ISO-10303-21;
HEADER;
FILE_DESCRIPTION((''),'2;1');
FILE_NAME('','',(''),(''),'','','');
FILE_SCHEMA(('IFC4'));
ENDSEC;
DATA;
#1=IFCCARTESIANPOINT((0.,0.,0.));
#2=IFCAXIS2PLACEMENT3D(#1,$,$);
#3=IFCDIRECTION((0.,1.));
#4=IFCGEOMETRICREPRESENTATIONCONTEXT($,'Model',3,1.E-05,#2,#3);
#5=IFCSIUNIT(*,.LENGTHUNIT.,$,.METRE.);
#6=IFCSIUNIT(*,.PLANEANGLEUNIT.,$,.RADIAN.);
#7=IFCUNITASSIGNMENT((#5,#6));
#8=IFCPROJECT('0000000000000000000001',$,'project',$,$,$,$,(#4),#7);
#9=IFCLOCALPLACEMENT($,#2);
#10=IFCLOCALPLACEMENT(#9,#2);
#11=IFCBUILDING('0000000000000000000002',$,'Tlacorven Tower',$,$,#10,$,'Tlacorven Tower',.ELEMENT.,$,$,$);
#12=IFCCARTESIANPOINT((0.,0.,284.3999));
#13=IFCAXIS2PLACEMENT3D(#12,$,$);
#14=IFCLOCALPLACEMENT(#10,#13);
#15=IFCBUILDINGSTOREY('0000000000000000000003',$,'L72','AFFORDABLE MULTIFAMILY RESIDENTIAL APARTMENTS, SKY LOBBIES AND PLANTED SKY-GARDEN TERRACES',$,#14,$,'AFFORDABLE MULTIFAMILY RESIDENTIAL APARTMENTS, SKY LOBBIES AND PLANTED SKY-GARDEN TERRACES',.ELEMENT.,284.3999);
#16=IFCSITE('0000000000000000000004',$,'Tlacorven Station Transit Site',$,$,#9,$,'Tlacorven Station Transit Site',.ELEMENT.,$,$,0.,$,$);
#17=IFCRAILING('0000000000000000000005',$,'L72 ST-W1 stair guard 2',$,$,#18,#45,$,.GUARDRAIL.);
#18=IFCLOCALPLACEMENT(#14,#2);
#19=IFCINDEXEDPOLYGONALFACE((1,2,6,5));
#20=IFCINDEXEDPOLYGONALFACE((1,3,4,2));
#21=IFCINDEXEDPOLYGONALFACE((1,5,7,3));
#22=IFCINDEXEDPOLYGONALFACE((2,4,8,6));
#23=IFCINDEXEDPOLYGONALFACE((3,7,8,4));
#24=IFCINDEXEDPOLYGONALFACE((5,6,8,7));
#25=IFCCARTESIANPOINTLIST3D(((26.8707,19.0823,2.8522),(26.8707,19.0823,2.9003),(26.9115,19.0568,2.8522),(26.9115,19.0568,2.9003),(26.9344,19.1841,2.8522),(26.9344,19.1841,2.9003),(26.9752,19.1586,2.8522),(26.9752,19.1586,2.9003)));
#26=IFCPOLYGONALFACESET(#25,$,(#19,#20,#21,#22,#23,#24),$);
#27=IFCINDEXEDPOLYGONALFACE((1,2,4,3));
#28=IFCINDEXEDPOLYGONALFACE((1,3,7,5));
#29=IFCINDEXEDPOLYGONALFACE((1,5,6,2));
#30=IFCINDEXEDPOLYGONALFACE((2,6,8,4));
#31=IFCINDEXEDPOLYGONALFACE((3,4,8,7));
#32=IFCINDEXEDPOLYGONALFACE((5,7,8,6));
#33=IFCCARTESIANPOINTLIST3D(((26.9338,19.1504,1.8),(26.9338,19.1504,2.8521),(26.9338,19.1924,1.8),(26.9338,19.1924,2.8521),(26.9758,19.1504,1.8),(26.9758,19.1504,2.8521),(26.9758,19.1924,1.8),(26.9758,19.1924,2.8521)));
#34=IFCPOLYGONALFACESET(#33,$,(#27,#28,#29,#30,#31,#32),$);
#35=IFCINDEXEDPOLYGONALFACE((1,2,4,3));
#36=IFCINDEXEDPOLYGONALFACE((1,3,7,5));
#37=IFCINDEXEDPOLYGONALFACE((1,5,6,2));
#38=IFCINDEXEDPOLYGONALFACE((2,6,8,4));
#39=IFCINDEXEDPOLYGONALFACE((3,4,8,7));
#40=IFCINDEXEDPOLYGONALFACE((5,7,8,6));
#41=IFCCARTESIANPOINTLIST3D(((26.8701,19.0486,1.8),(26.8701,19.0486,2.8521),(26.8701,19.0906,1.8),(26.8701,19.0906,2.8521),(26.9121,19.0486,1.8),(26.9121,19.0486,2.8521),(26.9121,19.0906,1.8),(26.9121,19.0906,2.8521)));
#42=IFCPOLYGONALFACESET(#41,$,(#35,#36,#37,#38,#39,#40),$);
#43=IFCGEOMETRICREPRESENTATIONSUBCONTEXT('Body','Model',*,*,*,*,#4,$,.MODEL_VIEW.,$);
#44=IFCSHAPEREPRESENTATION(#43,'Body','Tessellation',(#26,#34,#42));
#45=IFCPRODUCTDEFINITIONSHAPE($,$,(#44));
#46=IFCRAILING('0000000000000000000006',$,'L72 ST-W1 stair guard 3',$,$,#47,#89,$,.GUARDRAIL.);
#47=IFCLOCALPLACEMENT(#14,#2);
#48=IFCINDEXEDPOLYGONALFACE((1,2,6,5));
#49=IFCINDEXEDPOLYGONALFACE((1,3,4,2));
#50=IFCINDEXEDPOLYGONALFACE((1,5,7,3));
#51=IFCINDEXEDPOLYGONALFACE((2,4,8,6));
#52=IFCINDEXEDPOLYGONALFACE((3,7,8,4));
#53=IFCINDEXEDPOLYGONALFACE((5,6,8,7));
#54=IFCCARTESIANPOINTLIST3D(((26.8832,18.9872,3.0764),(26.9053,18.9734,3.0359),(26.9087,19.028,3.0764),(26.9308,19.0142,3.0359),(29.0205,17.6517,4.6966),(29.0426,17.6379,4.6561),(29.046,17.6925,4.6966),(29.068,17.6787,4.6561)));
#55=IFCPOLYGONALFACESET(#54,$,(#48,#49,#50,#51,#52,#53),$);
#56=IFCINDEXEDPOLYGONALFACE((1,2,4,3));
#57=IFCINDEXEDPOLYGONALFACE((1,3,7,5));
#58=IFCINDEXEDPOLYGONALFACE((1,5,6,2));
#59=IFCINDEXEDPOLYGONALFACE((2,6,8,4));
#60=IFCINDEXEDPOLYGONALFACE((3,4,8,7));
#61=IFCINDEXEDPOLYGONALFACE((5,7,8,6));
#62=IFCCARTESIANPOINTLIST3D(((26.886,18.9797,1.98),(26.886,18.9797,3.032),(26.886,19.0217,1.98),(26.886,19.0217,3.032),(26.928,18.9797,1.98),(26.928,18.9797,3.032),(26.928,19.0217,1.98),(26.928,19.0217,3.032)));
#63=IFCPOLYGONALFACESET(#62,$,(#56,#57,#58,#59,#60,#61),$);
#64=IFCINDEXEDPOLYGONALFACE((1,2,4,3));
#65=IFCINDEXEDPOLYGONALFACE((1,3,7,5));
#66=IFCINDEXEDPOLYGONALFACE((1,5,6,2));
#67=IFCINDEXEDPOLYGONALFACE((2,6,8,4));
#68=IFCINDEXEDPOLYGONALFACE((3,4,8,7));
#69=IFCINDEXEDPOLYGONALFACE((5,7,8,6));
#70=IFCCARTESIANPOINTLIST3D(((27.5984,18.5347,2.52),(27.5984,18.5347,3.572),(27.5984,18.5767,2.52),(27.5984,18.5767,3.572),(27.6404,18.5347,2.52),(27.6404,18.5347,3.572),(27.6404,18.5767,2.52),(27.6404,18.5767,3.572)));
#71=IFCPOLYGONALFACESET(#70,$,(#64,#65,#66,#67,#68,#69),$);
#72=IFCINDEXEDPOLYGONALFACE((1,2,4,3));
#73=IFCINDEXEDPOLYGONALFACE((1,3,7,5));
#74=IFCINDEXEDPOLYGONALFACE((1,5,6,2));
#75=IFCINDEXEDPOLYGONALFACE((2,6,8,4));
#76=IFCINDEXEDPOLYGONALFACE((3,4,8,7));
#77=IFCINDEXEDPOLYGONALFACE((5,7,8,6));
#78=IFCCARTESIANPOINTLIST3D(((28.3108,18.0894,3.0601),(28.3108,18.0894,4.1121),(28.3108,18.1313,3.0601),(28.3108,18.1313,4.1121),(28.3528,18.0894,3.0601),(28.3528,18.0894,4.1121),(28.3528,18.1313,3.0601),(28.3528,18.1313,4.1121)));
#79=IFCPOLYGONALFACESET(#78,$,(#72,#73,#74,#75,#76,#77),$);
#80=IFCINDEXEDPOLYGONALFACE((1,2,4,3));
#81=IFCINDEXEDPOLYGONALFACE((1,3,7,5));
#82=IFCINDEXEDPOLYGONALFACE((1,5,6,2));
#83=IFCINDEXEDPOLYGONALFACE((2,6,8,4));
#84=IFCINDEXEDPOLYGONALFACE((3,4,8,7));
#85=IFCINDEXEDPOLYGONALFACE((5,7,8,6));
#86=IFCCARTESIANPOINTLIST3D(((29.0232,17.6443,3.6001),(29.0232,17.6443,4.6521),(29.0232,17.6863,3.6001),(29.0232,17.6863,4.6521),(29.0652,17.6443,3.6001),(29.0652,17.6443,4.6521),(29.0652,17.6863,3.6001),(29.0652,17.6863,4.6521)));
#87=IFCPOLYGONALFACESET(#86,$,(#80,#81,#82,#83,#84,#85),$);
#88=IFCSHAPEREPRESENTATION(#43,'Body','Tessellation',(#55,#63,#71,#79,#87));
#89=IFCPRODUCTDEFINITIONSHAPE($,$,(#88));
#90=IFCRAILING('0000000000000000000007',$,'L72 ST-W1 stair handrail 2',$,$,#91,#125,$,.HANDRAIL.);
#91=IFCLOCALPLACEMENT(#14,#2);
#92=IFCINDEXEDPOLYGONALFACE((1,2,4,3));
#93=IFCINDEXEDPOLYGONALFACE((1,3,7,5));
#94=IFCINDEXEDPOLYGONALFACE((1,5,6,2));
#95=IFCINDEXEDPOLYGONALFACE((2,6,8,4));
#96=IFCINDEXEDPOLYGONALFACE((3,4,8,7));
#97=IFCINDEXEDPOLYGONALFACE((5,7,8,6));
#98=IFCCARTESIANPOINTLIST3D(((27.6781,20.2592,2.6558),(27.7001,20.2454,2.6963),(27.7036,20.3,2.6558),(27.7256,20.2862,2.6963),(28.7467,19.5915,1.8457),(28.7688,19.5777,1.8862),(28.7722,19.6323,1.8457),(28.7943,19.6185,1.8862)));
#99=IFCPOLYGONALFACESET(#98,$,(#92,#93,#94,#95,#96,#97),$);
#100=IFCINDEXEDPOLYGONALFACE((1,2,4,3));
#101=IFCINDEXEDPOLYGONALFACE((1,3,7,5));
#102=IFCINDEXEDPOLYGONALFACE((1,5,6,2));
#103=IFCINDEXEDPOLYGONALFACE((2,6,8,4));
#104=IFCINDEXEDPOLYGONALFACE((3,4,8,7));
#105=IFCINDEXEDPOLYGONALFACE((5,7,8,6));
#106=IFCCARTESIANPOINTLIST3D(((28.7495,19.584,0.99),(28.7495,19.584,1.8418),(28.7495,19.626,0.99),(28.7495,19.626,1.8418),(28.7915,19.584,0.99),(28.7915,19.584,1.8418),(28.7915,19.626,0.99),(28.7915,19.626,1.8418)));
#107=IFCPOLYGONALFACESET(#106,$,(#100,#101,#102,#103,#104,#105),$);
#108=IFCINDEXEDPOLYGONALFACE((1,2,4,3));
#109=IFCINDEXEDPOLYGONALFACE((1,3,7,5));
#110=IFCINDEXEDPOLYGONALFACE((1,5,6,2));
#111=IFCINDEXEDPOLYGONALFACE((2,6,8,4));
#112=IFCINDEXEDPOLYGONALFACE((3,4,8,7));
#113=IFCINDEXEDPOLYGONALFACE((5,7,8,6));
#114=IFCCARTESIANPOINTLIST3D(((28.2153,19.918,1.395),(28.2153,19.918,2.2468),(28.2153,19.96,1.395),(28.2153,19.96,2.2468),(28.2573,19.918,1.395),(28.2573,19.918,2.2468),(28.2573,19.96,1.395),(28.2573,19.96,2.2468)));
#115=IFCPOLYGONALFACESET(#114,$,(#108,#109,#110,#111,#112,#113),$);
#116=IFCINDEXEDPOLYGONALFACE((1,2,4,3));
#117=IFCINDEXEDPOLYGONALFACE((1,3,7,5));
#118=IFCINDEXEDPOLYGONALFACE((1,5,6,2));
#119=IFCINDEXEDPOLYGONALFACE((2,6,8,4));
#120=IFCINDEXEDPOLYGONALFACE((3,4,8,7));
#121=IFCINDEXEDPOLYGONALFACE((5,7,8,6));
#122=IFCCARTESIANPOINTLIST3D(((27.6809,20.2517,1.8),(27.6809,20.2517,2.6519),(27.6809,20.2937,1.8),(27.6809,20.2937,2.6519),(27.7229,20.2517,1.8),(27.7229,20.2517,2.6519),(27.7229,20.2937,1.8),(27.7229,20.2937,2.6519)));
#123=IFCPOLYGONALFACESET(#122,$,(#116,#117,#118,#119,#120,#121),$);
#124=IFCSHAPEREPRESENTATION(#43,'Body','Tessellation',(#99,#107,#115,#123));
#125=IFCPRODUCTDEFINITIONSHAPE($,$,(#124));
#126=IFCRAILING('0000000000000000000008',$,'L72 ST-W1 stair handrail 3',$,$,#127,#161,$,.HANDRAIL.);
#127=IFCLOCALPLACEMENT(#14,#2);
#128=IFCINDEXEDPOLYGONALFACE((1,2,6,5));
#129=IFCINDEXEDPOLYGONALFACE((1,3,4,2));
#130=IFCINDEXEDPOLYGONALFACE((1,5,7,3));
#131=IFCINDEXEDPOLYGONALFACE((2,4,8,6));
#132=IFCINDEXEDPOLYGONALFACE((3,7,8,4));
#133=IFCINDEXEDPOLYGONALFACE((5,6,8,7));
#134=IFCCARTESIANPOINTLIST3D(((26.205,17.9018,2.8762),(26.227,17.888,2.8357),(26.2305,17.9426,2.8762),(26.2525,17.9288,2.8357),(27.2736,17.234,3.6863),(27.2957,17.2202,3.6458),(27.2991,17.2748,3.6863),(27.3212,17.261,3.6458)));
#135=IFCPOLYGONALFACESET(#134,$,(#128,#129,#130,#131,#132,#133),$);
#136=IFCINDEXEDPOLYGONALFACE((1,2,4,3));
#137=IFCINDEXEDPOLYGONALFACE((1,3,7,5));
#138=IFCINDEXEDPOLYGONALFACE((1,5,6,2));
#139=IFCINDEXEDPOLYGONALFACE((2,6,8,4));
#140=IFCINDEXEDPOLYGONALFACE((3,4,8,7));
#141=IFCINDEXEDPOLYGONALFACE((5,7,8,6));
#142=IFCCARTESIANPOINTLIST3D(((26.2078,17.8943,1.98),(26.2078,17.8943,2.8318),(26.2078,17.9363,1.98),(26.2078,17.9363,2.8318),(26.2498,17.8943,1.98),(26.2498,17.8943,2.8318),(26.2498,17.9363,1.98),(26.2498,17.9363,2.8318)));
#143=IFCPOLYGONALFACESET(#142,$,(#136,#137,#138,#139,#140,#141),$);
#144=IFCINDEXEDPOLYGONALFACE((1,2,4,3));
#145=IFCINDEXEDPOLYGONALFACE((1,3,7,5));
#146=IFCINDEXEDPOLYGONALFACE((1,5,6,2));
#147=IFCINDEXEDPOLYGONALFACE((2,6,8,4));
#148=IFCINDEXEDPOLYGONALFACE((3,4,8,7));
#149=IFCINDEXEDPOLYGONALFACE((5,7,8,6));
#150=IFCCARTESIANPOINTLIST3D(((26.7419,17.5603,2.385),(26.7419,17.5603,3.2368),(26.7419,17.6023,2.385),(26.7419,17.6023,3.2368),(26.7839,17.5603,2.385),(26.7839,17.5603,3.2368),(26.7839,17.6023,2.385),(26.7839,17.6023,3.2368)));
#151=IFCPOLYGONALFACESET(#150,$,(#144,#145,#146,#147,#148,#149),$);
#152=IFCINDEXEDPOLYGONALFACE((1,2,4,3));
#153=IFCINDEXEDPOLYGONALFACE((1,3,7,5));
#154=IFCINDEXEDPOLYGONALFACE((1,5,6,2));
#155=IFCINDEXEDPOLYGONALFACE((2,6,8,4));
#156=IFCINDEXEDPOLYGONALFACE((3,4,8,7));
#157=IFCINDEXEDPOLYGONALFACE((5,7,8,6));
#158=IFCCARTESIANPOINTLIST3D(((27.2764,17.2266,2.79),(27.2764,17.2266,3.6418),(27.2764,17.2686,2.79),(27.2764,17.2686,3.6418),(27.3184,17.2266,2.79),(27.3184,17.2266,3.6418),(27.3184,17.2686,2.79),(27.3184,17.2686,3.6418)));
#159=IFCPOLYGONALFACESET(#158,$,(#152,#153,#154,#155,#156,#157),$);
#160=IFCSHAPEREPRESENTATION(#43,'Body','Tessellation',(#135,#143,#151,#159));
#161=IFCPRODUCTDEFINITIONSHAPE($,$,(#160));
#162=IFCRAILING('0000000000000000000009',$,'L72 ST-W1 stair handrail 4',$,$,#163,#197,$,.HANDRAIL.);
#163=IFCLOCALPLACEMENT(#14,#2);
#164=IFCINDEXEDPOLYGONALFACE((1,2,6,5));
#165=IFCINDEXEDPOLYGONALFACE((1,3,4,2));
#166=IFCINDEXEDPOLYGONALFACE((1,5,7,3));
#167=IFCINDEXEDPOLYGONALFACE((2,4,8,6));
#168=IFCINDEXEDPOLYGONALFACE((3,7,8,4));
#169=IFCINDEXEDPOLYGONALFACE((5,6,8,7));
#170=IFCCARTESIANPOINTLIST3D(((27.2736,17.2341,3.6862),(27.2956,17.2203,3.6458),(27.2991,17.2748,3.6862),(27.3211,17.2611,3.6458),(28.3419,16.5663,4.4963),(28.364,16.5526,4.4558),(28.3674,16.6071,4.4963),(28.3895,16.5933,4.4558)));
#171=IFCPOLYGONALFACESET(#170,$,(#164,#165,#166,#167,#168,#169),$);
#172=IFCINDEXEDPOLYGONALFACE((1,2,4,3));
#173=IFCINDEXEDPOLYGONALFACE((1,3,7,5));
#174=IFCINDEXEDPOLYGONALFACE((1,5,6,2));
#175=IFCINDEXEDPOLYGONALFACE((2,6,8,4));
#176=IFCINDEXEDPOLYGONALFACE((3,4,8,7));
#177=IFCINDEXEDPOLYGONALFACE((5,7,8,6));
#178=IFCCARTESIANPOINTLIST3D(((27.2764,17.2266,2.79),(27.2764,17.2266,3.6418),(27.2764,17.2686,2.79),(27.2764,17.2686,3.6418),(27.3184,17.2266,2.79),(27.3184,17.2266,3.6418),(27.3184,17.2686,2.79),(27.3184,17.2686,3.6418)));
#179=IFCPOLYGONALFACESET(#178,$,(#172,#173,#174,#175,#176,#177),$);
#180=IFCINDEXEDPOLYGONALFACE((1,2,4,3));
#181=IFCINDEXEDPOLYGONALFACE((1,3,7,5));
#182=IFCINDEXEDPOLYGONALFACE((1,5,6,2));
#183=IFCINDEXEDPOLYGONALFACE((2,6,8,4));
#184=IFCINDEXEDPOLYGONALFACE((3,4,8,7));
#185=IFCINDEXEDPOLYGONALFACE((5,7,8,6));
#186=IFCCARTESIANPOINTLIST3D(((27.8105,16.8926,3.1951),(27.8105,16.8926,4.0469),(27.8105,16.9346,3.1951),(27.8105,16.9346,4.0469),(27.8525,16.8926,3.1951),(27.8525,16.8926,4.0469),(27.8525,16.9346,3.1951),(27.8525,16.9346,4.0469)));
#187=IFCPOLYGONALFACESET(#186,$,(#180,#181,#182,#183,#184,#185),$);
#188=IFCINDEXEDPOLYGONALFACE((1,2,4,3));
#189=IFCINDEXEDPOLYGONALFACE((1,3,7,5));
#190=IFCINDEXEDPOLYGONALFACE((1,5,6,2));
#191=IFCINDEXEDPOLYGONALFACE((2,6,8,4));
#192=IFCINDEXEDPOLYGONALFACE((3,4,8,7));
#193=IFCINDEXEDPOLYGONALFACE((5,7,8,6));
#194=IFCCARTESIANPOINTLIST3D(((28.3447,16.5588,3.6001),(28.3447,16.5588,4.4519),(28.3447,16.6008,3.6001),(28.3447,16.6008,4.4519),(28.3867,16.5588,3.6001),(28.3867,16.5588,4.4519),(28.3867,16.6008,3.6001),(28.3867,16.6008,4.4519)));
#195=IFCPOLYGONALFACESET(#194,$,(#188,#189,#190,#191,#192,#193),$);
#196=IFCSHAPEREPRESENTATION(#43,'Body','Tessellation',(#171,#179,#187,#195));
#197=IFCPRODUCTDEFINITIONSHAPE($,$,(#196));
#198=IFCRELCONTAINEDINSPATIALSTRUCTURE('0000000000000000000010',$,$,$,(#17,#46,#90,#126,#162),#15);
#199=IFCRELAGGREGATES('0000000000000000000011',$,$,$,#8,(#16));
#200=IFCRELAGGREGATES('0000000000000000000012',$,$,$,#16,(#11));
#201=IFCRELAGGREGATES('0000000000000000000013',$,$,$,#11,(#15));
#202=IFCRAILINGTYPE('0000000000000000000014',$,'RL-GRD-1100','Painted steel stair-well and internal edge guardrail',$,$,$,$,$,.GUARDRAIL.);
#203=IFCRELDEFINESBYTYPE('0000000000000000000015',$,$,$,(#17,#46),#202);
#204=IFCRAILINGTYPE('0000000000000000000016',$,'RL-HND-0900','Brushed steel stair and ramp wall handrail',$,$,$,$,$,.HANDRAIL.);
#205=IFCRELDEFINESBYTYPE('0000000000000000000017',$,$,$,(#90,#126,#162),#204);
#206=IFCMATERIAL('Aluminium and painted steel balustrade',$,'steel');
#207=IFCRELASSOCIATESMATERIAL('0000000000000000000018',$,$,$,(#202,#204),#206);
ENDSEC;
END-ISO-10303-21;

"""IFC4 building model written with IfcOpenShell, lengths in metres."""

from ifc_helpers import new_model, si_unit, direction, frame, origin, origin_2d, place, context, subcontext, project, spatial, rectangle, extrude, source, transform, mapped, material, type_object, element, save


model = new_model("IFC4")

# Units and contexts
model_context = context("Model", 3, precision=1e-05, world=origin(), true_north=direction((0.0, 1.0)))
body_context = subcontext(model_context, "Body", "Model", "MODEL_VIEW")
ifc_project = project(units=[si_unit("LENGTHUNIT", "METRE"), si_unit("PLANEANGLEUNIT", "RADIAN")], contexts=[model_context])

# Site, building, storey
site_placement = place(None, origin())
site = spatial("IfcSite", under=ifc_project, at=site_placement, Name="Tlacorven Station Transit Site", LongName="Tlacorven Station Transit Site", CompositionType="ELEMENT", RefElevation=0.0)
building_placement = place(site_placement, origin())
building = spatial("IfcBuilding", under=site, at=building_placement, Name="Tlacorven Tower", LongName="Tlacorven Tower", CompositionType="ELEMENT")
storey_placement = place(building_placement, frame((0.0, 0.0, 284.3999)))
storey = spatial("IfcBuildingStorey", under=building, at=storey_placement, Name="L72", Description="AFFORDABLE MULTIFAMILY RESIDENTIAL APARTMENTS, SKY LOBBIES AND PLANTED SKY-GARDEN TERRACES", LongName="AFFORDABLE MULTIFAMILY RESIDENTIAL APARTMENTS, SKY LOBBIES AND PLANTED SKY-GARDEN TERRACES", CompositionType="ELEMENT", Elevation=284.3999)

# Railings
ifc_material_1 = material(Name="Aluminium and painted steel balustrade", Category="steel")
railing_type_1 = type_object("IfcRailingType", Name="RL-GRD-1100", Description="Painted steel stair-well and internal edge guardrail", PredefinedType="GUARDRAIL", material=ifc_material_1)
shared_shape_1 = source(origin(), body_context, "Body", "SweptSolid", [
    extrude(rectangle(XDim=0.0481, YDim=0.0481, at=origin_2d()), frame((0.0, 0.0, 1.0762), z_axis=(-0.530547, -0.847656, 0.0), x_axis=(0.847656, -0.530547, 0.0)), (0.0, 0.0, 1.0), 0.1201),
    extrude(rectangle(XDim=0.042, YDim=0.042, at=origin_2d()), origin(), (0.0, 0.0, 1.0), 1.052),
    extrude(rectangle(XDim=0.042, YDim=0.042, at=origin_2d()), frame((-0.0637, -0.1018, 0.0)), (0.0, 0.0, 1.0), 1.052),
])
railing_1_placement = place(storey_placement, frame((26.9548, 19.1714, 1.8)))
element("IfcRailing", 1, at=railing_1_placement, inside=storey, type_object=railing_type_1, Name="L72 ST-W1 stair guard 2", PredefinedType="GUARDRAIL", context=body_context, shape_type="MappedRepresentation", body=[
    mapped(shared_shape_1, transform((0.0, 0.0, 0.0), scale=1.0)),
])
shared_shape_2 = source(origin(), body_context, "Body", "SweptSolid", [
    extrude(rectangle(XDim=0.0481, YDim=0.0481, at=origin_2d()), frame((0.0, 0.0, 1.0762), z_axis=(0.71336, -0.445748, 0.540765), x_axis=(0.529912, 0.848053, 0.0)), (0.0, 0.0, 1.0), 2.9961),
    extrude(rectangle(XDim=0.042, YDim=0.042, at=origin_2d()), origin(), (0.0, 0.0, 1.0), 1.052),
    extrude(rectangle(XDim=0.042, YDim=0.042, at=origin_2d()), frame((0.7124, -0.4451, 0.54)), (0.0, 0.0, 1.0), 1.052),
    extrude(rectangle(XDim=0.042, YDim=0.042, at=origin_2d()), frame((1.4248, -0.8904, 1.0801)), (0.0, 0.0, 1.0), 1.052),
    extrude(rectangle(XDim=0.042, YDim=0.042, at=origin_2d()), frame((2.1372, -1.3354, 1.6201)), (0.0, 0.0, 1.0), 1.052),
])
railing_2_placement = place(storey_placement, frame((26.907, 19.0007, 1.98)))
element("IfcRailing", 2, at=railing_2_placement, inside=storey, type_object=railing_type_1, Name="L72 ST-W1 stair guard 3", PredefinedType="GUARDRAIL", context=body_context, shape_type="MappedRepresentation", body=[
    mapped(shared_shape_2, transform((0.0, 0.0, 0.0), scale=1.0)),
])
railing_type_2 = type_object("IfcRailingType", Name="RL-HND-0900", Description="Brushed steel stair and ramp wall handrail", PredefinedType="HANDRAIL", material=ifc_material_1)
shared_shape_3 = source(origin(), body_context, "Body", "SweptSolid", [
    extrude(rectangle(XDim=0.0481, YDim=0.0481, at=origin_2d()), frame((0.0, 0.0, 0.876), z_axis=(-0.71336, 0.445748, 0.540765), x_axis=(-0.529912, -0.848053, 0.0)), (0.0, 0.0, 1.0), 1.498),
    extrude(rectangle(XDim=0.042, YDim=0.042, at=origin_2d()), origin(), (0.0, 0.0, 1.0), 0.8518),
    extrude(rectangle(XDim=0.042, YDim=0.042, at=origin_2d()), frame((-0.5342, 0.334, 0.405)), (0.0, 0.0, 1.0), 0.8518),
    extrude(rectangle(XDim=0.042, YDim=0.042, at=origin_2d()), frame((-1.0686, 0.6677, 0.8101)), (0.0, 0.0, 1.0), 0.8518),
])
railing_3_placement = place(storey_placement, frame((28.7705, 19.605, 0.99)))
element("IfcRailing", 3, at=railing_3_placement, inside=storey, type_object=railing_type_2, Name="L72 ST-W1 stair handrail 2", PredefinedType="HANDRAIL", context=body_context, shape_type="MappedRepresentation", body=[
    mapped(shared_shape_3, transform((0.0, 0.0, 0.0), scale=1.0)),
])
shared_shape_4 = source(origin(), body_context, "Body", "SweptSolid", [
    extrude(rectangle(XDim=0.0481, YDim=0.0481, at=origin_2d()), frame((0.0, 0.0, 0.876), z_axis=(0.71336, -0.445748, 0.540765), x_axis=(0.529912, 0.848053, 0.0)), (0.0, 0.0, 1.0), 1.498),
    extrude(rectangle(XDim=0.042, YDim=0.042, at=origin_2d()), origin(), (0.0, 0.0, 1.0), 0.8518),
    extrude(rectangle(XDim=0.042, YDim=0.042, at=origin_2d()), frame((0.5342, -0.334, 0.405)), (0.0, 0.0, 1.0), 0.8518),
    extrude(rectangle(XDim=0.042, YDim=0.042, at=origin_2d()), frame((1.0686, -0.6677, 0.8101)), (0.0, 0.0, 1.0), 0.8518),
])
railing_4_placement = place(storey_placement, frame((26.2288, 17.9153, 1.98)))
element("IfcRailing", 4, at=railing_4_placement, inside=storey, type_object=railing_type_2, Name="L72 ST-W1 stair handrail 3", PredefinedType="HANDRAIL", context=body_context, shape_type="MappedRepresentation", body=[
    mapped(shared_shape_4, transform((0.0, 0.0, 0.0), scale=1.0)),
])
shared_shape_5 = source(origin(), body_context, "Body", "SweptSolid", [
    extrude(rectangle(XDim=0.0481, YDim=0.0481, at=origin_2d()), frame((0.0, 0.0, 0.876), z_axis=(0.71328, -0.4458, 0.540828), x_axis=(0.529999, 0.847998, 0.0)), (0.0, 0.0, 1.0), 1.4978),
    extrude(rectangle(XDim=0.042, YDim=0.042, at=origin_2d()), origin(), (0.0, 0.0, 1.0), 0.8518),
    extrude(rectangle(XDim=0.042, YDim=0.042, at=origin_2d()), frame((0.5342, -0.334, 0.405)), (0.0, 0.0, 1.0), 0.8518),
    extrude(rectangle(XDim=0.042, YDim=0.042, at=origin_2d()), frame((1.0684, -0.6677, 0.8101)), (0.0, 0.0, 1.0), 0.8518),
])
railing_5_placement = place(storey_placement, frame((27.2974, 17.2476, 2.79)))
element("IfcRailing", 5, at=railing_5_placement, inside=storey, type_object=railing_type_2, Name="L72 ST-W1 stair handrail 4", PredefinedType="HANDRAIL", context=body_context, shape_type="MappedRepresentation", body=[
    mapped(shared_shape_5, transform((0.0, 0.0, 0.0), scale=1.0)),
])

save(model, "model.ifc")
